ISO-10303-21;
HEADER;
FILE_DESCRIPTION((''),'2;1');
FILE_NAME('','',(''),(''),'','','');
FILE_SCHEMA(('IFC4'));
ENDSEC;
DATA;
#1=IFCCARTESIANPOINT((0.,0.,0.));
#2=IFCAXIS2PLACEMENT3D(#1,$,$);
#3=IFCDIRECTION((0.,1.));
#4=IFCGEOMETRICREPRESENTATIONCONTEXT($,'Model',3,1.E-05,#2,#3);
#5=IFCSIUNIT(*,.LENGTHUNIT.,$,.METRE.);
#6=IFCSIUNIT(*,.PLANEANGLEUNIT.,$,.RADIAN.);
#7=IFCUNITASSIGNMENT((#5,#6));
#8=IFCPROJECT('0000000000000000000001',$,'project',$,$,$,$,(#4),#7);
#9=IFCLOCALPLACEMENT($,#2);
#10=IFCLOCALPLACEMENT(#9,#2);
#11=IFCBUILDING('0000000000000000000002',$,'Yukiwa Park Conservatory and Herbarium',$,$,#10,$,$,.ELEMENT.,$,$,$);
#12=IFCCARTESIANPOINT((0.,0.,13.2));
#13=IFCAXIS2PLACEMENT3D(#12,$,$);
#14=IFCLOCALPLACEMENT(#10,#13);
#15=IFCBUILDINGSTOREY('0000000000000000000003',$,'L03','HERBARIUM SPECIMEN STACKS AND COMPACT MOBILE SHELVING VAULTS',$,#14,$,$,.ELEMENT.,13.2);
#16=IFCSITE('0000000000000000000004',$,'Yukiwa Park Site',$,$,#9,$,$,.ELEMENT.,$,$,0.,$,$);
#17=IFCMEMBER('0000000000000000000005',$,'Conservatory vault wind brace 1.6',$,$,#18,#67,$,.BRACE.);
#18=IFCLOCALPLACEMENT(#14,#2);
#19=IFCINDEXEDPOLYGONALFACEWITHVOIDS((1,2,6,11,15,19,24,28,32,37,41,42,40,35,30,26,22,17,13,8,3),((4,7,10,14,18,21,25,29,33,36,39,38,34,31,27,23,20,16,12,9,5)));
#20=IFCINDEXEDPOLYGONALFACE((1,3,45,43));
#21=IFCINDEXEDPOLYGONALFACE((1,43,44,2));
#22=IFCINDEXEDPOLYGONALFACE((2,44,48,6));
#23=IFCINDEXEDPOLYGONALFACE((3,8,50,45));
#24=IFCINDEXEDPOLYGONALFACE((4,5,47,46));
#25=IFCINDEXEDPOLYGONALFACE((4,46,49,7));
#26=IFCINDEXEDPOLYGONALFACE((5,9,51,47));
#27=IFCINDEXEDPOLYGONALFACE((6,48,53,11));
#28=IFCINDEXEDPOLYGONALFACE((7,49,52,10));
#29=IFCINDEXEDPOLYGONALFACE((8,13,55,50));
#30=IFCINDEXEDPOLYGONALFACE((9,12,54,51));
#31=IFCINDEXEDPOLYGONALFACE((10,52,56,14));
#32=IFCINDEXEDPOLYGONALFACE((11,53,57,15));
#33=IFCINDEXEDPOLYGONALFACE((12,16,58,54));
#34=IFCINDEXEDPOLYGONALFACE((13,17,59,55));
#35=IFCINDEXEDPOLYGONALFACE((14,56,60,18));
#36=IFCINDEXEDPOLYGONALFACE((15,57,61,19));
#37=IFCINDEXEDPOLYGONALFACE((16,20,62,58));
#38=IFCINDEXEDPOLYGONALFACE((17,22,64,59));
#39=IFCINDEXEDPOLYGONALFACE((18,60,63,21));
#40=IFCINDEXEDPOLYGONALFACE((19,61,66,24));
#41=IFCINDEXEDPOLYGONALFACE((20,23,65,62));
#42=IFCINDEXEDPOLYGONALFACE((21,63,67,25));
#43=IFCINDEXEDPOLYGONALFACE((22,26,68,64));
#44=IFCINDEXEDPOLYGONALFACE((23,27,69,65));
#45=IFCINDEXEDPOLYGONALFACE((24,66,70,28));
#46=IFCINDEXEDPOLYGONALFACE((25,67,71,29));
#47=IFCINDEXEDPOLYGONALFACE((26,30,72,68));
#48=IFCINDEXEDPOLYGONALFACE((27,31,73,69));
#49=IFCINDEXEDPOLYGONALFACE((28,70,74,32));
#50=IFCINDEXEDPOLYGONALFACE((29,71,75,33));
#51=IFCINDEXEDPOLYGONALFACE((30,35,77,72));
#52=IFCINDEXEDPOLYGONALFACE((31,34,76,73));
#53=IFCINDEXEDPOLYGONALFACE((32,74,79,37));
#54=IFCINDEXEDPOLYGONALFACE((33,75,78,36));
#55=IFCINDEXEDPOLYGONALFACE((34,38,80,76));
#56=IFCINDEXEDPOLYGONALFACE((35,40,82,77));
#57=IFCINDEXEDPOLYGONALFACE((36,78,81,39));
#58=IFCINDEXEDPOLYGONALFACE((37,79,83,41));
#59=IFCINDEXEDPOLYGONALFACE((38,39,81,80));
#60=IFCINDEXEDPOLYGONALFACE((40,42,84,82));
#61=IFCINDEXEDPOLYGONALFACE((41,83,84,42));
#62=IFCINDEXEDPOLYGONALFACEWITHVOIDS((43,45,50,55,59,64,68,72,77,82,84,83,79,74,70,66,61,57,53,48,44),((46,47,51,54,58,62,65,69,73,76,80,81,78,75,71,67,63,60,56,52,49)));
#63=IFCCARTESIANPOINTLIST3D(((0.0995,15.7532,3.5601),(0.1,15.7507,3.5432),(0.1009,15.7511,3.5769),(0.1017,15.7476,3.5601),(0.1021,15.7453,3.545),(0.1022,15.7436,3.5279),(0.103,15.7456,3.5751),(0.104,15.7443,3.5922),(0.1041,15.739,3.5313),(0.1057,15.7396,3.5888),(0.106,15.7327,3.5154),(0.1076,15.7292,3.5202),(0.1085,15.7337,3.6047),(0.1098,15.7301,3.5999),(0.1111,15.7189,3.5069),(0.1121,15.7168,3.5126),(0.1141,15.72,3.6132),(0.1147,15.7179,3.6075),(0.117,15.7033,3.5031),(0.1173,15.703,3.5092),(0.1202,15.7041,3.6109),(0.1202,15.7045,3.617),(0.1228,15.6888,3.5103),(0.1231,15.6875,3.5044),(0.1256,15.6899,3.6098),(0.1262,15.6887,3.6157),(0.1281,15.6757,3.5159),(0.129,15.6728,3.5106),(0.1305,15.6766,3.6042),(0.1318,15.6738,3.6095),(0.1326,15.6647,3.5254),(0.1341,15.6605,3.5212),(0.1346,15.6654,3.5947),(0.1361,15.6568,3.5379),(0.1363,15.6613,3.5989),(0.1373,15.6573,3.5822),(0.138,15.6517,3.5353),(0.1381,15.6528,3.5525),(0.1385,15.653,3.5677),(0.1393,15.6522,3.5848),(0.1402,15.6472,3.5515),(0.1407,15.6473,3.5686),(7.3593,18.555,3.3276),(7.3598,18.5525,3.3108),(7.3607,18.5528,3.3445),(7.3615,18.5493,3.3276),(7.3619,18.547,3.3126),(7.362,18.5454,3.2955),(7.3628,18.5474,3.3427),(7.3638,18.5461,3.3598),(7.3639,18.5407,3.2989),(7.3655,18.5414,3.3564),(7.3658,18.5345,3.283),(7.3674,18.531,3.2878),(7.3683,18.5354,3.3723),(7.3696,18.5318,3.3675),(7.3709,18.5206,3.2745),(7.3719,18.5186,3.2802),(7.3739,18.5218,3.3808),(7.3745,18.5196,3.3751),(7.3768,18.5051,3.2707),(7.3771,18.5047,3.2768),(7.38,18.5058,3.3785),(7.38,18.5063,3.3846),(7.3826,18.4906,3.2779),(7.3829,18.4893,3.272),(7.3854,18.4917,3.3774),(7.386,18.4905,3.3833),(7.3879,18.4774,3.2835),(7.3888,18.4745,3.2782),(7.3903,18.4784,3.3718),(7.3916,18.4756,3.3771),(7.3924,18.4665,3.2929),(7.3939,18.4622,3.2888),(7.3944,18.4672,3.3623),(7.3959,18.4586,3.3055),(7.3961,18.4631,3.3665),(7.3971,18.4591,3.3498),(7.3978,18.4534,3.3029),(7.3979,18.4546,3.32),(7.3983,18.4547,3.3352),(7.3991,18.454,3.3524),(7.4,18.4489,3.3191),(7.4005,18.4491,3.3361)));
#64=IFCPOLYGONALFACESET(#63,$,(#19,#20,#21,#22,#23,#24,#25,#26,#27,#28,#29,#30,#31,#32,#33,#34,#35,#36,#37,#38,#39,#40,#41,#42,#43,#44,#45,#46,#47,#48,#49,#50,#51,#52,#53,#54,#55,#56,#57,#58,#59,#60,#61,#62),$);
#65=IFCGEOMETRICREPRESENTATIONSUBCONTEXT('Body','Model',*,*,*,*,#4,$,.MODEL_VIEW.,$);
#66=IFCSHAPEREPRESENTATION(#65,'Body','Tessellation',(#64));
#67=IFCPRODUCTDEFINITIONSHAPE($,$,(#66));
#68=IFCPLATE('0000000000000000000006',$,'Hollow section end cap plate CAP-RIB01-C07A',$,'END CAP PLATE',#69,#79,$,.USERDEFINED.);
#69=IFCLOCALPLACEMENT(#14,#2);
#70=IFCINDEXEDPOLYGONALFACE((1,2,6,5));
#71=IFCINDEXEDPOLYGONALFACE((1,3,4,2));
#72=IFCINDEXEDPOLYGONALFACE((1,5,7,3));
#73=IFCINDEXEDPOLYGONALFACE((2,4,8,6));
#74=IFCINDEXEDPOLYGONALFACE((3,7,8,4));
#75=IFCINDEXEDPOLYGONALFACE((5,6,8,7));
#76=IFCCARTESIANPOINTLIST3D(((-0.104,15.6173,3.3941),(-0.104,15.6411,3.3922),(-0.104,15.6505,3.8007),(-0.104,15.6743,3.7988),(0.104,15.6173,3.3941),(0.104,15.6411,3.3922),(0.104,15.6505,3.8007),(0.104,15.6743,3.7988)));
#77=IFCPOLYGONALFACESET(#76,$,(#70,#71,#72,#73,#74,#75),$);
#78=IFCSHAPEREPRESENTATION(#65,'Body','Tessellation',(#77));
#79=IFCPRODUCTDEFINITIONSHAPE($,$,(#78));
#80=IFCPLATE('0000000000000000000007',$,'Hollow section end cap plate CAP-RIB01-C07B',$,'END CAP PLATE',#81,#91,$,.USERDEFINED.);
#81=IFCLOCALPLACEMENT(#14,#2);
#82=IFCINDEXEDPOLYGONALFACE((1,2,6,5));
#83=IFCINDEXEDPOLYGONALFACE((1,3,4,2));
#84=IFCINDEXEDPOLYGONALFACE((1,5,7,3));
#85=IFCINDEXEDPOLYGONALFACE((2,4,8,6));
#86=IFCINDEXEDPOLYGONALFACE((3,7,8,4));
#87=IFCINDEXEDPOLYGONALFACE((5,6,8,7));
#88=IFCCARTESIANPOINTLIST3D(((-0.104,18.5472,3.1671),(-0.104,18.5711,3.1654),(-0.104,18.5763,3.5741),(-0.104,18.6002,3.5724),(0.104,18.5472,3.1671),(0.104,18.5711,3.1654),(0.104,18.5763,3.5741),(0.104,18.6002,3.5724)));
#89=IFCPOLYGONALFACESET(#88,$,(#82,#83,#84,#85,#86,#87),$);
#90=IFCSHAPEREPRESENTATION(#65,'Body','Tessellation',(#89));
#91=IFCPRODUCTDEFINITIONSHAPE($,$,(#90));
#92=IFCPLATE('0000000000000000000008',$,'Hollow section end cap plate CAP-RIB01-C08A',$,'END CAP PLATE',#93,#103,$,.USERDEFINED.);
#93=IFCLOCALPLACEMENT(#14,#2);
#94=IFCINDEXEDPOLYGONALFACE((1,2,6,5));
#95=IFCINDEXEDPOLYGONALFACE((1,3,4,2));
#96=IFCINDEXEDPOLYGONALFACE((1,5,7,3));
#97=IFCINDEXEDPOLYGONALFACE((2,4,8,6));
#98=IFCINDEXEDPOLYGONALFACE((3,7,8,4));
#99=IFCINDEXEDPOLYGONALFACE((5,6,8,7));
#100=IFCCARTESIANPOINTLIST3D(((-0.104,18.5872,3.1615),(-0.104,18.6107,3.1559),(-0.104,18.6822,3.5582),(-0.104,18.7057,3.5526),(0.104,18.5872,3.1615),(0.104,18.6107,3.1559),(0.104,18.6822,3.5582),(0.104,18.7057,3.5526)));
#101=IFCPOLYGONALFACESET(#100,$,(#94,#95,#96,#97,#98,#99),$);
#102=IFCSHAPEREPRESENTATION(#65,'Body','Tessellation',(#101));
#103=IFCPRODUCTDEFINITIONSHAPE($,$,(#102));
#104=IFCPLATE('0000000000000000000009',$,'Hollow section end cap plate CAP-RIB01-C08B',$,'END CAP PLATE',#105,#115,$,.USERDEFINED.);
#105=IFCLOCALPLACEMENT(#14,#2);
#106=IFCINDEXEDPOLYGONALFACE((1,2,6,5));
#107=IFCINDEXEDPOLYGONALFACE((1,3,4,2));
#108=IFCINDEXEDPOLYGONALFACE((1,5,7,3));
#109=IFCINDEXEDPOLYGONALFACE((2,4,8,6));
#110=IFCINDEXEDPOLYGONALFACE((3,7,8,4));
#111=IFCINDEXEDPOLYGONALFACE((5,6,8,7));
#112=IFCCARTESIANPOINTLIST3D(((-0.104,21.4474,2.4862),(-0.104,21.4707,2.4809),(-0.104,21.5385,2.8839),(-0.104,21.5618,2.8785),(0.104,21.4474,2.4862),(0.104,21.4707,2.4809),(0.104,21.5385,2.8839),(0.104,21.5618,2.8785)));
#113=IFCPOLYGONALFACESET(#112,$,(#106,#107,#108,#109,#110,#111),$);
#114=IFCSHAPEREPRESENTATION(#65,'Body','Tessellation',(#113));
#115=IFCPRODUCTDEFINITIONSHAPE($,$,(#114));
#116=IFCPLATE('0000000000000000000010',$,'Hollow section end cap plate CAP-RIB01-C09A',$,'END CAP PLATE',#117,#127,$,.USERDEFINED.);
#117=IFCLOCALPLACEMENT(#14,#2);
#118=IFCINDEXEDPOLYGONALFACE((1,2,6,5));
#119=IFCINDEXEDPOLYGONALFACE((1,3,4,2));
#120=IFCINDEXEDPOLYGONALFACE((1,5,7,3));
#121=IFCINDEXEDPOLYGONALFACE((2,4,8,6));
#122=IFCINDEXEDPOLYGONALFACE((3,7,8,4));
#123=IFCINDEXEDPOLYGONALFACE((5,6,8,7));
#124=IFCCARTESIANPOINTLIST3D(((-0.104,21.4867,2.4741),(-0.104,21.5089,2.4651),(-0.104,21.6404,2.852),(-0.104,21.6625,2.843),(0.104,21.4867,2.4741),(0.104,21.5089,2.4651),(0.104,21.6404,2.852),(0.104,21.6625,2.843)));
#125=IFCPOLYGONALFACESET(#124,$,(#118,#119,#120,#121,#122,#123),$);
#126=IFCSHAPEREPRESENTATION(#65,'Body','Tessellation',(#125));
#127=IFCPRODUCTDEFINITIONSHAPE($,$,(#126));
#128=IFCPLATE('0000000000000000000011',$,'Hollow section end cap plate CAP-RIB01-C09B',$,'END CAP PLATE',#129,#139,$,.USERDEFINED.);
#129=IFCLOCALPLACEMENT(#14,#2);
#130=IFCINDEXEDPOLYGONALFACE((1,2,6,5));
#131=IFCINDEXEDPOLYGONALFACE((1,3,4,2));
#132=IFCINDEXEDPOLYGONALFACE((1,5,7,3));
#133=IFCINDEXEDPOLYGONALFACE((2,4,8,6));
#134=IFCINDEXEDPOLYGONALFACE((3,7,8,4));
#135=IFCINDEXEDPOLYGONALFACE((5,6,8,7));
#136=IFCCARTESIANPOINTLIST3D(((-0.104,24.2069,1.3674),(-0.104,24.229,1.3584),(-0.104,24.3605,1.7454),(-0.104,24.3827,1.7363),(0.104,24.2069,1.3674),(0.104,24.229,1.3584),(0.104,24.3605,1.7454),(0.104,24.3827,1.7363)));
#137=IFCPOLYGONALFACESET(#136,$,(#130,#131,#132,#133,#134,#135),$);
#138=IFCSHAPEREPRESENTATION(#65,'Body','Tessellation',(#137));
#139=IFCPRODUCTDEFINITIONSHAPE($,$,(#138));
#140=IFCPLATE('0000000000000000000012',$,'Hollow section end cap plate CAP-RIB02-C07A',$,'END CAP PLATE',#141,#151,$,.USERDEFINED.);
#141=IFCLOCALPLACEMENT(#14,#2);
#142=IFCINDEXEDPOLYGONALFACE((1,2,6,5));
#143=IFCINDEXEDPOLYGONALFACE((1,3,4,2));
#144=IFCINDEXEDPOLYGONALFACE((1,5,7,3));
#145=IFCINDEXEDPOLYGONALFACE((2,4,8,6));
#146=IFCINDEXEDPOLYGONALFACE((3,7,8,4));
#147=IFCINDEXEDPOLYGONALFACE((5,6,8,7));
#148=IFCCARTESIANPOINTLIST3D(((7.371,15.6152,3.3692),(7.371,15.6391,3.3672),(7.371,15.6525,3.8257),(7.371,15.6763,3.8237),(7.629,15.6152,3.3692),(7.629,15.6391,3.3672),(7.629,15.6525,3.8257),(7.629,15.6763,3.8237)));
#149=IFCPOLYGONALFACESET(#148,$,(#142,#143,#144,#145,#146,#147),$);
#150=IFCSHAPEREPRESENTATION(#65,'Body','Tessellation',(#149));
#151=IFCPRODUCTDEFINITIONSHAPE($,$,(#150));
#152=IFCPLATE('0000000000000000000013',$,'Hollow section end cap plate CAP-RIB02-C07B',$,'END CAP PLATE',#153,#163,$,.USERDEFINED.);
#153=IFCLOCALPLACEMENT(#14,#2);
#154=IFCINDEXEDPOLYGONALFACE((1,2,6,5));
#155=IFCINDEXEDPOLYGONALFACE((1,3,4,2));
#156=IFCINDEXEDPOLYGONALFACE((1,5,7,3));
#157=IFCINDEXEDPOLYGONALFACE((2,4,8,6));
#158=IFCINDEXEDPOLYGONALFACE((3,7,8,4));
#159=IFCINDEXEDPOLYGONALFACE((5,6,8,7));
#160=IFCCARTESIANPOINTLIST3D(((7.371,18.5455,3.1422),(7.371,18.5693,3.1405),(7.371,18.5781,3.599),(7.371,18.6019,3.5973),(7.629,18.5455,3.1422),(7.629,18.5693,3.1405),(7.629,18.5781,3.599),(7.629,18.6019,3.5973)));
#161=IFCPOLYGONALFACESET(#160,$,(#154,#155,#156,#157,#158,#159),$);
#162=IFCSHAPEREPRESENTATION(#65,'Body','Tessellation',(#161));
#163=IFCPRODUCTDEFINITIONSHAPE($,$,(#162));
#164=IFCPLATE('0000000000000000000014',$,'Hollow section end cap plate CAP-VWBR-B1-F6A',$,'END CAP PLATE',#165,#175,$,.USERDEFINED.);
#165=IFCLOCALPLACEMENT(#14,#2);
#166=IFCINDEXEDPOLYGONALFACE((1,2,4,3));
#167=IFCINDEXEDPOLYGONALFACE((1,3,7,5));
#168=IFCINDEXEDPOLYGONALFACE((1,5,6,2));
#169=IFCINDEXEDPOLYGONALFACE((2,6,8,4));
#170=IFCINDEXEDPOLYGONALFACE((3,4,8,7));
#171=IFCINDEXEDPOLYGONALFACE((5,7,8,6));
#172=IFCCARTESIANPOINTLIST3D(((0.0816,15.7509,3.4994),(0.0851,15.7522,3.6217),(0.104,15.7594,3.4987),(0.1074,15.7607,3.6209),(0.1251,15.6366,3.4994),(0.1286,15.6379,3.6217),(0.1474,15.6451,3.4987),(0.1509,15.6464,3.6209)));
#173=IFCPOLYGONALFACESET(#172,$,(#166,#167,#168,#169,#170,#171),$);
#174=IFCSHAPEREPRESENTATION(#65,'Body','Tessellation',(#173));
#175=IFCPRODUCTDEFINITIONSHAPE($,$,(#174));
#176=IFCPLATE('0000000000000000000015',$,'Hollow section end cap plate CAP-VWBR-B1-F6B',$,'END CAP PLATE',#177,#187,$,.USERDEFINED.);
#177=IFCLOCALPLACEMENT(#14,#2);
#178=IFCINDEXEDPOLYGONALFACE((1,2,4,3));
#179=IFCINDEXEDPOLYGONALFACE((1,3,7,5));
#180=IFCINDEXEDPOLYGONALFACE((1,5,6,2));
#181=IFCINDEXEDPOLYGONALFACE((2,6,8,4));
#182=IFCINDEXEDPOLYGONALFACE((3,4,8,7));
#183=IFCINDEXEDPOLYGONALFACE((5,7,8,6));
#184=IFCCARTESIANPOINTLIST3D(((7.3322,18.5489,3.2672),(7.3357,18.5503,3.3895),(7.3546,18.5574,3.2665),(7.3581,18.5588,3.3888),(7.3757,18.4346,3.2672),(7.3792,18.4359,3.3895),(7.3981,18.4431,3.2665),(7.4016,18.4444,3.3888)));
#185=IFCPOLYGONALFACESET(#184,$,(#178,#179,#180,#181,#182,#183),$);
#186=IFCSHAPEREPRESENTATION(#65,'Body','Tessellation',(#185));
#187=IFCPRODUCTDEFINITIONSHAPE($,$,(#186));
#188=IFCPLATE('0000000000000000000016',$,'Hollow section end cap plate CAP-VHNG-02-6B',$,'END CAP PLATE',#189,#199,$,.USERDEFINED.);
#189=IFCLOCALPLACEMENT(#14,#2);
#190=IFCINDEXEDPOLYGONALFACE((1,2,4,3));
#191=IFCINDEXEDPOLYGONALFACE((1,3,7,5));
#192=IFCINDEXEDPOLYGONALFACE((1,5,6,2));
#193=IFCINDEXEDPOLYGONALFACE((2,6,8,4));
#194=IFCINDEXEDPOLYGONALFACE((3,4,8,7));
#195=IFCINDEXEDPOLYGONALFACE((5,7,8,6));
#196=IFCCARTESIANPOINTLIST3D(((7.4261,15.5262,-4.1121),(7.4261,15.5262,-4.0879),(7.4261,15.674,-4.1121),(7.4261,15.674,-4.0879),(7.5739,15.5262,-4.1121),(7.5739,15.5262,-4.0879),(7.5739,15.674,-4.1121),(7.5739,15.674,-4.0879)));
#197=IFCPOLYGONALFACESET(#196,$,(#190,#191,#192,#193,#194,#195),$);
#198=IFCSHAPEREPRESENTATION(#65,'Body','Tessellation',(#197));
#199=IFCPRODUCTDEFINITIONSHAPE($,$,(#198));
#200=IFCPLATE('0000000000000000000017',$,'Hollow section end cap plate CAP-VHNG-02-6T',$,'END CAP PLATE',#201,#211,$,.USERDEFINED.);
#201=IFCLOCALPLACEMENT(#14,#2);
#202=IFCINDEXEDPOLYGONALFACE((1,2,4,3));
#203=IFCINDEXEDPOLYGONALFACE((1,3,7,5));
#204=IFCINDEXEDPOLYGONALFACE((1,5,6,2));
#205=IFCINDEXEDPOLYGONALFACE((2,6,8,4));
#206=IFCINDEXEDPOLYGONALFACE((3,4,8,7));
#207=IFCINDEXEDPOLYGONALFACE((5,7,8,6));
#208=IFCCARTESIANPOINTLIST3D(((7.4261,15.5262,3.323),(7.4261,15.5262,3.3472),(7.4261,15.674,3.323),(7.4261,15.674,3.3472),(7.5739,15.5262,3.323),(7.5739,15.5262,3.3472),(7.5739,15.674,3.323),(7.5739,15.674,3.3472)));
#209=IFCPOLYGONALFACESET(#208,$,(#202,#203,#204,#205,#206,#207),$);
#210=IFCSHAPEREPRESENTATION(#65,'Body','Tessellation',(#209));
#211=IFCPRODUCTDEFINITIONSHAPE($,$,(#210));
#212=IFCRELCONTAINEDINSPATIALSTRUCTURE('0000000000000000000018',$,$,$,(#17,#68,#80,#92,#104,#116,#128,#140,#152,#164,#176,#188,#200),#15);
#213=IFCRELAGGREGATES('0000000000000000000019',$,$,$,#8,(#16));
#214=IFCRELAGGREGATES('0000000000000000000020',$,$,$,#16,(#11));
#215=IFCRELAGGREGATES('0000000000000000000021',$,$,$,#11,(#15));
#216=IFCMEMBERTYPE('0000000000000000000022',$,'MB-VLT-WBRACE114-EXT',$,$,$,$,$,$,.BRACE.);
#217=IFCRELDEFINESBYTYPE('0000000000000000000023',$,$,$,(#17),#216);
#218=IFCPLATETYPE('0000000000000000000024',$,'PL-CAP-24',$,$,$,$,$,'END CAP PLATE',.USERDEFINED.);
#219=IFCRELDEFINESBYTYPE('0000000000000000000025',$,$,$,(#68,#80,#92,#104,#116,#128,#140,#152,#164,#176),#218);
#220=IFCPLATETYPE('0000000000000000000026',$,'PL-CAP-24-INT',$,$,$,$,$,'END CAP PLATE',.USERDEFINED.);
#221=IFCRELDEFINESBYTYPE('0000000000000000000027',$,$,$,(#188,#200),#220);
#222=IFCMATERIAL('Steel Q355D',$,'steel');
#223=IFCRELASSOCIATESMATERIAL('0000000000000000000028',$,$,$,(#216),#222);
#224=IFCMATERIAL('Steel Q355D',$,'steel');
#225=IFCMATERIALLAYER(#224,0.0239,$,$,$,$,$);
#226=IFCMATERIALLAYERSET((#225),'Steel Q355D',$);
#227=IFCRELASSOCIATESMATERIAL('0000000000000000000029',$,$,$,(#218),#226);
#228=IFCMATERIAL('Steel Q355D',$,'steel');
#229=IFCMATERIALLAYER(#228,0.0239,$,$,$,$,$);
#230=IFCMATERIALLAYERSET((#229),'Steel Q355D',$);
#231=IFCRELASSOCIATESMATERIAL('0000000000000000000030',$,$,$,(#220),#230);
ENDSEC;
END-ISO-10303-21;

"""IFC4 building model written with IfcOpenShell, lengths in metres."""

from ifc_helpers import new_model, si_unit, direction, frame, origin, origin_2d, place, context, subcontext, project, spatial, rectangle, hollow_circle, extrude, material, layer, layer_set, material_profile, profile_set, type_object, element, save


model = new_model("IFC4")

# Units and contexts
model_context = context("Model", 3, precision=1e-05, world=origin(), true_north=direction((0.0, 1.0)))
body_context = subcontext(model_context, "Body", "Model", "MODEL_VIEW")
ifc_project = project(units=[si_unit("LENGTHUNIT", "METRE"), si_unit("PLANEANGLEUNIT", "RADIAN")], contexts=[model_context])

# Site, building, storey
site_placement = place(None, origin())
site = spatial("IfcSite", under=ifc_project, at=site_placement, Name="Yukiwa Park Site", CompositionType="ELEMENT", RefElevation=0.0)
building_placement = place(site_placement, origin())
building = spatial("IfcBuilding", under=site, at=building_placement, Name="Yukiwa Park Conservatory and Herbarium", CompositionType="ELEMENT")
storey_placement = place(building_placement, frame((0.0, 0.0, 13.2)))
storey = spatial("IfcBuildingStorey", under=building, at=storey_placement, Name="L03", Description="HERBARIUM SPECIMEN STACKS AND COMPACT MOBILE SHELVING VAULTS", CompositionType="ELEMENT", Elevation=13.2)

# Member
ifc_material_1 = material(Name="Steel Q355D", Category="steel")
ifc_material_profile_1 = material_profile(ifc_material_1, hollow_circle(Radius=0.0571, WallThickness=0.0061, at=origin_2d()), Name="CHS 114.3x6")
ifc_profile_set_1 = profile_set([ifc_material_profile_1], Name="Steel Q355D")
member_type_1 = type_object("IfcMemberType", Name="MB-VLT-WBRACE114-EXT", PredefinedType="BRACE", material=ifc_profile_set_1)
member_1_placement = place(storey_placement, frame((0.1201, 15.7, 3.5601), z_axis=(0.932518, 0.359886, -0.029855), x_axis=(-0.360047, 0.932934, 0.0)))
element("IfcMember", 1, at=member_1_placement, inside=storey, type_object=member_type_1, Name="Conservatory vault wind brace 1.6", PredefinedType="BRACE", context=body_context, shape_type="SweptSolid", body=[
    extrude(hollow_circle(Radius=0.0571, WallThickness=0.0061, at=origin_2d()), origin(), (0.0, 0.0, 1.0), 7.7852),
])

# Plates
ifc_material_2 = material(Name="Steel Q355D", Category="steel")
ifc_layer_1 = layer(ifc_material_2, 0.0239)
ifc_layer_set_1 = layer_set([ifc_layer_1], Name="Steel Q355D")
plate_type_1 = type_object("IfcPlateType", Name="PL-CAP-24", ElementType="END CAP PLATE", PredefinedType="USERDEFINED", material=ifc_layer_set_1)
for number, where, z_axis, x_axis, name in (
    (2, (0.0, 15.6577, 3.5955), (0.0, -0.996685, 0.081362), (1.0, 0.0, 0.0), "Hollow section end cap plate CAP-RIB01-C07A"),
    (3, (0.0, 18.5618, 3.3706), (0.0, 0.997459, -0.071247), (-1.0, 0.0, 0.0), "Hollow section end cap plate CAP-RIB01-C07B"),
):
    element("IfcPlate", number, at=place(storey_placement, frame(where, z_axis=z_axis, x_axis=x_axis)), inside=storey, type_object=plate_type_1, Name=name, ObjectType="END CAP PLATE", PredefinedType="USERDEFINED", context=body_context, shape_type="SweptSolid", body=[
        extrude(rectangle(XDim=0.208, YDim=0.408, at=origin_2d()), origin(), (0.0, 0.0, 1.0), 0.0239),
    ])
plate_1_placement = place(storey_placement, frame((0.0, 18.6582, 3.3542), z_axis=(0.0, -0.972479, 0.23299), x_axis=(1.0, 0.0, 0.0)))
element("IfcPlate", 4, at=plate_1_placement, inside=storey, type_object=plate_type_1, Name="Hollow section end cap plate CAP-RIB01-C08A", ObjectType="END CAP PLATE", PredefinedType="USERDEFINED", context=body_context, shape_type="SweptSolid", body=[
    extrude(rectangle(XDim=0.208, YDim=0.408, at=origin_2d()), origin(), (0.0, 0.0, 1.0), 0.0242),
])
for number, where, z_axis, x_axis, name in (
    (5, (0.0, 21.4929, 2.6851), (0.0, 0.974732, -0.223376), (-1.0, 0.0, 0.0), "Hollow section end cap plate CAP-RIB01-C08B"),
    (6, (0.0, 21.5857, 2.6541), (0.0, -0.926356, 0.37665), (1.0, 0.0, 0.0), "Hollow section end cap plate CAP-RIB01-C09A"),
    (7, (0.0, 24.2837, 1.5564), (0.0, 0.926356, -0.37665), (-1.0, 0.0, 0.0), "Hollow section end cap plate CAP-RIB01-C09B"),
):
    element("IfcPlate", number, at=place(storey_placement, frame(where, z_axis=z_axis, x_axis=x_axis)), inside=storey, type_object=plate_type_1, Name=name, ObjectType="END CAP PLATE", PredefinedType="USERDEFINED", context=body_context, shape_type="SweptSolid", body=[
        extrude(rectangle(XDim=0.208, YDim=0.408, at=origin_2d()), origin(), (0.0, 0.0, 1.0), 0.0239),
    ])
for number, where, z_axis, x_axis, name in (
    (8, (7.5, 15.6577, 3.5955), (0.0, -0.996685, 0.081362), (1.0, 0.0, 0.0), "Hollow section end cap plate CAP-RIB02-C07A"),
    (9, (7.5, 18.5618, 3.3706), (0.0, 0.997459, -0.071247), (-1.0, 0.0, 0.0), "Hollow section end cap plate CAP-RIB02-C07B"),
):
    element("IfcPlate", number, at=place(storey_placement, frame(where, z_axis=z_axis, x_axis=x_axis)), inside=storey, type_object=plate_type_1, Name=name, ObjectType="END CAP PLATE", PredefinedType="USERDEFINED", context=body_context, shape_type="SweptSolid", body=[
        extrude(rectangle(XDim=0.2581, YDim=0.458, at=origin_2d()), origin(), (0.0, 0.0, 1.0), 0.0239),
    ])
for number, where, z_axis, x_axis, name in (
    (10, (0.1274, 15.7029, 3.5598), (-0.934215, -0.355408, 0.030464), (0.355573, -0.934649, 0.0), "Hollow section end cap plate CAP-VWBR-B1-F6A"),
    (11, (7.3557, 18.4924, 3.3284), (0.934215, 0.355408, -0.030464), (-0.355573, 0.934649, 0.0), "Hollow section end cap plate CAP-VWBR-B1-F6B"),
):
    element("IfcPlate", number, at=place(storey_placement, frame(where, z_axis=z_axis, x_axis=x_axis)), inside=storey, type_object=plate_type_1, Name=name, ObjectType="END CAP PLATE", PredefinedType="USERDEFINED", context=body_context, shape_type="SweptSolid", body=[
        extrude(rectangle(XDim=0.1223, YDim=0.1223, at=origin_2d()), origin(), (0.0, 0.0, 1.0), 0.0239),
    ])
ifc_material_3 = material(Name="Steel Q355D", Category="steel")
ifc_layer_2 = layer(ifc_material_3, 0.0239)
ifc_layer_set_2 = layer_set([ifc_layer_2], Name="Steel Q355D")
plate_type_2 = type_object("IfcPlateType", Name="PL-CAP-24-INT", ElementType="END CAP PLATE", PredefinedType="USERDEFINED", material=ifc_layer_set_2)
for number, where, z_axis, x_axis, name in (
    (12, (7.5, 15.6001, -4.0879), (0.0, 0.0, -1.0), (1.0, 0.0, 0.0), "Hollow section end cap plate CAP-VHNG-02-6B"),
    (13, (7.5, 15.6001, 3.323), (0.0, 0.0, 1.0), (1.0, 0.0, 0.0), "Hollow section end cap plate CAP-VHNG-02-6T"),
):
    element("IfcPlate", number, at=place(storey_placement, frame(where, z_axis=z_axis, x_axis=x_axis)), inside=storey, type_object=plate_type_2, Name=name, ObjectType="END CAP PLATE", PredefinedType="USERDEFINED", context=body_context, shape_type="SweptSolid", body=[
        extrude(rectangle(XDim=0.1477, YDim=0.1477, at=origin_2d()), origin(), (0.0, 0.0, 1.0), 0.0242),
    ])

save(model, "model.ifc")
